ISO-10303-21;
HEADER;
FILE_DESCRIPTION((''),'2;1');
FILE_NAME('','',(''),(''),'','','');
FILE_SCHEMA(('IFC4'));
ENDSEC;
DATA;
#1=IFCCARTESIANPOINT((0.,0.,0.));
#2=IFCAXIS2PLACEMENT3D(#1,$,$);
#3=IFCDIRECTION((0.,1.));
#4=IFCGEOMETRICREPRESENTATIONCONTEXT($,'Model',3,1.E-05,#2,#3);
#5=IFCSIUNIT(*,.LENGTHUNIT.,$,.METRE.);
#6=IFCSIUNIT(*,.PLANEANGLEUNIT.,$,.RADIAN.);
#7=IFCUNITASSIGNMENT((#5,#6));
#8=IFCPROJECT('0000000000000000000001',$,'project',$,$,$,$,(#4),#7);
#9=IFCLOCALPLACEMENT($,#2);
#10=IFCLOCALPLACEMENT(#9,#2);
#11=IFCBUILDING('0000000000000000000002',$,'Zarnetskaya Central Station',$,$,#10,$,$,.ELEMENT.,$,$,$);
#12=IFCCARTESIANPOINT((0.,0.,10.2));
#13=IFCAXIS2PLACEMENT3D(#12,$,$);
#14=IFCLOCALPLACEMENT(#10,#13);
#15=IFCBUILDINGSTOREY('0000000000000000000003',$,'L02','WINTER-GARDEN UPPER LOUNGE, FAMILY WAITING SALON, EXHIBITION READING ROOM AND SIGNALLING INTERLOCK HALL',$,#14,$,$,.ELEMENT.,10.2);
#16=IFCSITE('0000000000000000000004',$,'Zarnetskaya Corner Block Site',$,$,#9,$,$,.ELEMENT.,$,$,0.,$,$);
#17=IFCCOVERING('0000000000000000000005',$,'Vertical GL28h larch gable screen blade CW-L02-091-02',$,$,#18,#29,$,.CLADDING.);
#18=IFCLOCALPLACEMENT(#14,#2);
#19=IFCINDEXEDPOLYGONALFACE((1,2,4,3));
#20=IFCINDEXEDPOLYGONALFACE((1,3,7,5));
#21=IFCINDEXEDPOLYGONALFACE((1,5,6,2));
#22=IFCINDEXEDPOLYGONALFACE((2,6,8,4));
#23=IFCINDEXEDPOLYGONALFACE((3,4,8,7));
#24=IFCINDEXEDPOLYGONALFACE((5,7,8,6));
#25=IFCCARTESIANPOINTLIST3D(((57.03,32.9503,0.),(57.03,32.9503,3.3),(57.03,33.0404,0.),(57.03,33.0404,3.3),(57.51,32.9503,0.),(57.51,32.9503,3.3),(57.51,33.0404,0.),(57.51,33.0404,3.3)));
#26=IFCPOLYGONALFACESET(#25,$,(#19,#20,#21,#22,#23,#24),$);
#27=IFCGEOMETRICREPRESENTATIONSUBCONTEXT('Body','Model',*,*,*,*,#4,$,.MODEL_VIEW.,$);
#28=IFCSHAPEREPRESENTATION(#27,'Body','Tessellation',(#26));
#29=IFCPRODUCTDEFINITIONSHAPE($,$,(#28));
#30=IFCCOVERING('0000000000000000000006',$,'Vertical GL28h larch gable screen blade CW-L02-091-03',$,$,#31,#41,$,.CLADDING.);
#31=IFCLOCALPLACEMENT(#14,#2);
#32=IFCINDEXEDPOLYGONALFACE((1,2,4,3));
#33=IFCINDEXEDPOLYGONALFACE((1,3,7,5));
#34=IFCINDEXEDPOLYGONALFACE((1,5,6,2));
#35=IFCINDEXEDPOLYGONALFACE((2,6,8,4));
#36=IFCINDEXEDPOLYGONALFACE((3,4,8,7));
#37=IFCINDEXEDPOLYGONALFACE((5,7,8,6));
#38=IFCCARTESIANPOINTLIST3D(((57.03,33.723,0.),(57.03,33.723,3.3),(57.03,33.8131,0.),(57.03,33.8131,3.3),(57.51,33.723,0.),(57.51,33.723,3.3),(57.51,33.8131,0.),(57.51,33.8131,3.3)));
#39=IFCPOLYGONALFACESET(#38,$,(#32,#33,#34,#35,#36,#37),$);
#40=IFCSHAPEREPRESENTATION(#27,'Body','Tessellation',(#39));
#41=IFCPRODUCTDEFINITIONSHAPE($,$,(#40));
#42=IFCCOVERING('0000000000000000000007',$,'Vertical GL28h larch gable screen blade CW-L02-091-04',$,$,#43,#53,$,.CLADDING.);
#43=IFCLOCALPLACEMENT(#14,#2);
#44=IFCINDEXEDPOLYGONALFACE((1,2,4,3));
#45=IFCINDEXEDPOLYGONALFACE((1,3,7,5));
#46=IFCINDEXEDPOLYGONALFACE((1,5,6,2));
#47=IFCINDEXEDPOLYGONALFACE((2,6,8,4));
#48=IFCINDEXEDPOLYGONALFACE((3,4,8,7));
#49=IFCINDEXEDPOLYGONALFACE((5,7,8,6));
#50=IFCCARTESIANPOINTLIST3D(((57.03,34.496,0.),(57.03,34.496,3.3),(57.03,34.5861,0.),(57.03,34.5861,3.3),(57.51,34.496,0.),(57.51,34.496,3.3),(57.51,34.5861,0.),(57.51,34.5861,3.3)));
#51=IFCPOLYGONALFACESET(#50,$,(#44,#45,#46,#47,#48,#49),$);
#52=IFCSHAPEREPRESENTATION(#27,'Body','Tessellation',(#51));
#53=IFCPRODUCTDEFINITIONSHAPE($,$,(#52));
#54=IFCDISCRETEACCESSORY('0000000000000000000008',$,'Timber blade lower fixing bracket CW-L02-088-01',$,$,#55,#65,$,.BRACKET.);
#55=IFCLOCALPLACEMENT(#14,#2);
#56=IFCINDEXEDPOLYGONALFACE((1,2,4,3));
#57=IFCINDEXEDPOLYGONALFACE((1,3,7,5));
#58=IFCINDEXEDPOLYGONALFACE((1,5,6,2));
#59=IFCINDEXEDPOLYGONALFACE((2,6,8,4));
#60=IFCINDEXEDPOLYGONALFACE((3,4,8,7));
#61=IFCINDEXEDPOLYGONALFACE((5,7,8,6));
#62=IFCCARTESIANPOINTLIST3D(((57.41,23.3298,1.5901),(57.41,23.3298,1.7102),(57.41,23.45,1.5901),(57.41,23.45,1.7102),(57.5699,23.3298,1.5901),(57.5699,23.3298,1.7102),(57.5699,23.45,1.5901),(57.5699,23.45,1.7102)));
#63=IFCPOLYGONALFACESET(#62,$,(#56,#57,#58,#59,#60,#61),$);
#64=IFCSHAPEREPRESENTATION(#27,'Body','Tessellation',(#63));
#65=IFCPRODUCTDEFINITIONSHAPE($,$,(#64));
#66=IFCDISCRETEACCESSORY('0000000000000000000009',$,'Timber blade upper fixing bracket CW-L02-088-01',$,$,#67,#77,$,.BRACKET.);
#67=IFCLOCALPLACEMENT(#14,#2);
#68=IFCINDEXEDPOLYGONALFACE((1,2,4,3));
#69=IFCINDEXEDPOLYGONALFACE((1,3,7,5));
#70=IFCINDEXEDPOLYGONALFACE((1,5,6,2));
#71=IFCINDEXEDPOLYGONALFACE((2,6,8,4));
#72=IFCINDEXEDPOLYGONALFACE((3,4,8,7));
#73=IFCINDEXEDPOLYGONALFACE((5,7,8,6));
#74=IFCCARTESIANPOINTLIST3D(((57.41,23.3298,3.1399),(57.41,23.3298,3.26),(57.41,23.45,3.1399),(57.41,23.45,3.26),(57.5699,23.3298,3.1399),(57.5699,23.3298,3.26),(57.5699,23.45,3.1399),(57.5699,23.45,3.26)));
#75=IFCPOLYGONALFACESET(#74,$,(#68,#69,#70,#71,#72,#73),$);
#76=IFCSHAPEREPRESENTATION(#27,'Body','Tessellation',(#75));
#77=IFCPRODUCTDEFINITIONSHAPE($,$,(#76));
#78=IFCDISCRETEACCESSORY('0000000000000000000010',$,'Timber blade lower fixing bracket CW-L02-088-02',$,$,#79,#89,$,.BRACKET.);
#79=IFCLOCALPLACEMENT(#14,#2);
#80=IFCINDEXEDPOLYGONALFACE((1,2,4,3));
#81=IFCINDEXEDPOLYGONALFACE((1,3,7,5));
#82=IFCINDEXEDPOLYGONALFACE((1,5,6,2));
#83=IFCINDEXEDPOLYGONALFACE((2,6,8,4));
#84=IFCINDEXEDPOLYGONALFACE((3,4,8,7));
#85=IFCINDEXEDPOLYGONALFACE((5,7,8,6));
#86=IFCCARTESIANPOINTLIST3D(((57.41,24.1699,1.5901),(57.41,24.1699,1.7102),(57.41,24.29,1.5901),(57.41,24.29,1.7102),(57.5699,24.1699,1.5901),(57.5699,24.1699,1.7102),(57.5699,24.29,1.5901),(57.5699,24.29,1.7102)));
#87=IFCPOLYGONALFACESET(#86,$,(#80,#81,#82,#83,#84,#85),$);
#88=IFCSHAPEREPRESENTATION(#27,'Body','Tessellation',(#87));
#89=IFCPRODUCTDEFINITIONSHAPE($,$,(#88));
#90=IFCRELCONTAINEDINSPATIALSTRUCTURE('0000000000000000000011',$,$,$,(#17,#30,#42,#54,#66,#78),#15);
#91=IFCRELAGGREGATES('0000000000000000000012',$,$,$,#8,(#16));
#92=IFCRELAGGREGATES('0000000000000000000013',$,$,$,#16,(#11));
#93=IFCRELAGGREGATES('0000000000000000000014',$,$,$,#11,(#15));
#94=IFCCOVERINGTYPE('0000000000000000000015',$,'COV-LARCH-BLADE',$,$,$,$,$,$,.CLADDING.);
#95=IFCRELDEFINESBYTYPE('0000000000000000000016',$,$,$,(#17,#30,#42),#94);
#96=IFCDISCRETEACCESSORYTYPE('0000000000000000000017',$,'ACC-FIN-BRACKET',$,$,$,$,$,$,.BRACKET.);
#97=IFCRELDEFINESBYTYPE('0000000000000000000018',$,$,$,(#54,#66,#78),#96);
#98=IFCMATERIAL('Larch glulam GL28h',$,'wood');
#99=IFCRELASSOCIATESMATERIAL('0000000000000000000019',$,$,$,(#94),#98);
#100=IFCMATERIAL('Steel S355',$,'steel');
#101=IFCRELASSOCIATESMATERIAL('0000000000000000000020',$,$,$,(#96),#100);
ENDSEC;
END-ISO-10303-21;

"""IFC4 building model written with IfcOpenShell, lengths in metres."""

from ifc_helpers import new_model, si_unit, direction, frame, origin, origin_2d, place, context, subcontext, project, spatial, rectangle, extrude, material, type_object, element, save


model = new_model("IFC4")

# Units and contexts
model_context = context("Model", 3, precision=1e-05, world=origin(), true_north=direction((0.0, 1.0)))
body_context = subcontext(model_context, "Body", "Model", "MODEL_VIEW")
ifc_project = project(units=[si_unit("LENGTHUNIT", "METRE"), si_unit("PLANEANGLEUNIT", "RADIAN")], contexts=[model_context])

# Site, building, storey
site_placement = place(None, origin())
site = spatial("IfcSite", under=ifc_project, at=site_placement, Name="Zarnetskaya Corner Block Site", CompositionType="ELEMENT", RefElevation=0.0)
building_placement = place(site_placement, origin())
building = spatial("IfcBuilding", under=site, at=building_placement, Name="Zarnetskaya Central Station", CompositionType="ELEMENT")
storey_placement = place(building_placement, frame((0.0, 0.0, 10.2)))
storey = spatial("IfcBuildingStorey", under=building, at=storey_placement, Name="L02", Description="WINTER-GARDEN UPPER LOUNGE, FAMILY WAITING SALON, EXHIBITION READING ROOM AND SIGNALLING INTERLOCK HALL", CompositionType="ELEMENT", Elevation=10.2)

# Shared definitions
ifc_material_1 = material(Name="Steel S355", Category="steel")

# Coverings
ifc_material_2 = material(Name="Larch glulam GL28h", Category="wood")
covering_type = type_object("IfcCoveringType", Name="COV-LARCH-BLADE", PredefinedType="CLADDING", material=ifc_material_2)
for number, where, z_axis, x_axis, name in (
    (1, (57.27, 32.9954, 0.0), (0.0, 0.0, 1.0), (0.0, 1.0, 0.0), "Vertical GL28h larch gable screen blade CW-L02-091-02"),
    (2, (57.27, 33.7681, 0.0), (0.0, 0.0, 1.0), (0.0, 1.0, 0.0), "Vertical GL28h larch gable screen blade CW-L02-091-03"),
    (3, (57.27, 34.541, 0.0), (0.0, 0.0, 1.0), (0.0, 1.0, 0.0), "Vertical GL28h larch gable screen blade CW-L02-091-04"),
):
    element("IfcCovering", number, at=place(storey_placement, frame(where, z_axis=z_axis, x_axis=x_axis)), inside=storey, type_object=covering_type, Name=name, PredefinedType="CLADDING", context=body_context, shape_type="SweptSolid", body=[
        extrude(rectangle(XDim=0.0901, YDim=0.48, at=origin_2d()), origin(), (0.0, 0.0, 1.0), 3.3),
    ])

# Discrete accessories
discrete_accessory_type = type_object("IfcDiscreteAccessoryType", Name="ACC-FIN-BRACKET", PredefinedType="BRACKET", material=ifc_material_1)
for number, where, z_axis, x_axis, name in (
    (4, (57.49, 23.3899, 1.5901), (0.0, 0.0, 1.0), (0.0, 1.0, 0.0), "Timber blade lower fixing bracket CW-L02-088-01"),
    (5, (57.49, 23.3899, 3.1399), (0.0, 0.0, 1.0), (0.0, 1.0, 0.0), "Timber blade upper fixing bracket CW-L02-088-01"),
    (6, (57.49, 24.23, 1.5901), (0.0, 0.0, 1.0), (0.0, 1.0, 0.0), "Timber blade lower fixing bracket CW-L02-088-02"),
):
    element("IfcDiscreteAccessory", number, at=place(storey_placement, frame(where, z_axis=z_axis, x_axis=x_axis)), inside=storey, type_object=discrete_accessory_type, Name=name, PredefinedType="BRACKET", context=body_context, shape_type="SweptSolid", body=[
        extrude(rectangle(XDim=0.1201, YDim=0.1599, at=origin_2d()), origin(), (0.0, 0.0, 1.0), 0.1201),
    ])

save(model, "model.ifc")
